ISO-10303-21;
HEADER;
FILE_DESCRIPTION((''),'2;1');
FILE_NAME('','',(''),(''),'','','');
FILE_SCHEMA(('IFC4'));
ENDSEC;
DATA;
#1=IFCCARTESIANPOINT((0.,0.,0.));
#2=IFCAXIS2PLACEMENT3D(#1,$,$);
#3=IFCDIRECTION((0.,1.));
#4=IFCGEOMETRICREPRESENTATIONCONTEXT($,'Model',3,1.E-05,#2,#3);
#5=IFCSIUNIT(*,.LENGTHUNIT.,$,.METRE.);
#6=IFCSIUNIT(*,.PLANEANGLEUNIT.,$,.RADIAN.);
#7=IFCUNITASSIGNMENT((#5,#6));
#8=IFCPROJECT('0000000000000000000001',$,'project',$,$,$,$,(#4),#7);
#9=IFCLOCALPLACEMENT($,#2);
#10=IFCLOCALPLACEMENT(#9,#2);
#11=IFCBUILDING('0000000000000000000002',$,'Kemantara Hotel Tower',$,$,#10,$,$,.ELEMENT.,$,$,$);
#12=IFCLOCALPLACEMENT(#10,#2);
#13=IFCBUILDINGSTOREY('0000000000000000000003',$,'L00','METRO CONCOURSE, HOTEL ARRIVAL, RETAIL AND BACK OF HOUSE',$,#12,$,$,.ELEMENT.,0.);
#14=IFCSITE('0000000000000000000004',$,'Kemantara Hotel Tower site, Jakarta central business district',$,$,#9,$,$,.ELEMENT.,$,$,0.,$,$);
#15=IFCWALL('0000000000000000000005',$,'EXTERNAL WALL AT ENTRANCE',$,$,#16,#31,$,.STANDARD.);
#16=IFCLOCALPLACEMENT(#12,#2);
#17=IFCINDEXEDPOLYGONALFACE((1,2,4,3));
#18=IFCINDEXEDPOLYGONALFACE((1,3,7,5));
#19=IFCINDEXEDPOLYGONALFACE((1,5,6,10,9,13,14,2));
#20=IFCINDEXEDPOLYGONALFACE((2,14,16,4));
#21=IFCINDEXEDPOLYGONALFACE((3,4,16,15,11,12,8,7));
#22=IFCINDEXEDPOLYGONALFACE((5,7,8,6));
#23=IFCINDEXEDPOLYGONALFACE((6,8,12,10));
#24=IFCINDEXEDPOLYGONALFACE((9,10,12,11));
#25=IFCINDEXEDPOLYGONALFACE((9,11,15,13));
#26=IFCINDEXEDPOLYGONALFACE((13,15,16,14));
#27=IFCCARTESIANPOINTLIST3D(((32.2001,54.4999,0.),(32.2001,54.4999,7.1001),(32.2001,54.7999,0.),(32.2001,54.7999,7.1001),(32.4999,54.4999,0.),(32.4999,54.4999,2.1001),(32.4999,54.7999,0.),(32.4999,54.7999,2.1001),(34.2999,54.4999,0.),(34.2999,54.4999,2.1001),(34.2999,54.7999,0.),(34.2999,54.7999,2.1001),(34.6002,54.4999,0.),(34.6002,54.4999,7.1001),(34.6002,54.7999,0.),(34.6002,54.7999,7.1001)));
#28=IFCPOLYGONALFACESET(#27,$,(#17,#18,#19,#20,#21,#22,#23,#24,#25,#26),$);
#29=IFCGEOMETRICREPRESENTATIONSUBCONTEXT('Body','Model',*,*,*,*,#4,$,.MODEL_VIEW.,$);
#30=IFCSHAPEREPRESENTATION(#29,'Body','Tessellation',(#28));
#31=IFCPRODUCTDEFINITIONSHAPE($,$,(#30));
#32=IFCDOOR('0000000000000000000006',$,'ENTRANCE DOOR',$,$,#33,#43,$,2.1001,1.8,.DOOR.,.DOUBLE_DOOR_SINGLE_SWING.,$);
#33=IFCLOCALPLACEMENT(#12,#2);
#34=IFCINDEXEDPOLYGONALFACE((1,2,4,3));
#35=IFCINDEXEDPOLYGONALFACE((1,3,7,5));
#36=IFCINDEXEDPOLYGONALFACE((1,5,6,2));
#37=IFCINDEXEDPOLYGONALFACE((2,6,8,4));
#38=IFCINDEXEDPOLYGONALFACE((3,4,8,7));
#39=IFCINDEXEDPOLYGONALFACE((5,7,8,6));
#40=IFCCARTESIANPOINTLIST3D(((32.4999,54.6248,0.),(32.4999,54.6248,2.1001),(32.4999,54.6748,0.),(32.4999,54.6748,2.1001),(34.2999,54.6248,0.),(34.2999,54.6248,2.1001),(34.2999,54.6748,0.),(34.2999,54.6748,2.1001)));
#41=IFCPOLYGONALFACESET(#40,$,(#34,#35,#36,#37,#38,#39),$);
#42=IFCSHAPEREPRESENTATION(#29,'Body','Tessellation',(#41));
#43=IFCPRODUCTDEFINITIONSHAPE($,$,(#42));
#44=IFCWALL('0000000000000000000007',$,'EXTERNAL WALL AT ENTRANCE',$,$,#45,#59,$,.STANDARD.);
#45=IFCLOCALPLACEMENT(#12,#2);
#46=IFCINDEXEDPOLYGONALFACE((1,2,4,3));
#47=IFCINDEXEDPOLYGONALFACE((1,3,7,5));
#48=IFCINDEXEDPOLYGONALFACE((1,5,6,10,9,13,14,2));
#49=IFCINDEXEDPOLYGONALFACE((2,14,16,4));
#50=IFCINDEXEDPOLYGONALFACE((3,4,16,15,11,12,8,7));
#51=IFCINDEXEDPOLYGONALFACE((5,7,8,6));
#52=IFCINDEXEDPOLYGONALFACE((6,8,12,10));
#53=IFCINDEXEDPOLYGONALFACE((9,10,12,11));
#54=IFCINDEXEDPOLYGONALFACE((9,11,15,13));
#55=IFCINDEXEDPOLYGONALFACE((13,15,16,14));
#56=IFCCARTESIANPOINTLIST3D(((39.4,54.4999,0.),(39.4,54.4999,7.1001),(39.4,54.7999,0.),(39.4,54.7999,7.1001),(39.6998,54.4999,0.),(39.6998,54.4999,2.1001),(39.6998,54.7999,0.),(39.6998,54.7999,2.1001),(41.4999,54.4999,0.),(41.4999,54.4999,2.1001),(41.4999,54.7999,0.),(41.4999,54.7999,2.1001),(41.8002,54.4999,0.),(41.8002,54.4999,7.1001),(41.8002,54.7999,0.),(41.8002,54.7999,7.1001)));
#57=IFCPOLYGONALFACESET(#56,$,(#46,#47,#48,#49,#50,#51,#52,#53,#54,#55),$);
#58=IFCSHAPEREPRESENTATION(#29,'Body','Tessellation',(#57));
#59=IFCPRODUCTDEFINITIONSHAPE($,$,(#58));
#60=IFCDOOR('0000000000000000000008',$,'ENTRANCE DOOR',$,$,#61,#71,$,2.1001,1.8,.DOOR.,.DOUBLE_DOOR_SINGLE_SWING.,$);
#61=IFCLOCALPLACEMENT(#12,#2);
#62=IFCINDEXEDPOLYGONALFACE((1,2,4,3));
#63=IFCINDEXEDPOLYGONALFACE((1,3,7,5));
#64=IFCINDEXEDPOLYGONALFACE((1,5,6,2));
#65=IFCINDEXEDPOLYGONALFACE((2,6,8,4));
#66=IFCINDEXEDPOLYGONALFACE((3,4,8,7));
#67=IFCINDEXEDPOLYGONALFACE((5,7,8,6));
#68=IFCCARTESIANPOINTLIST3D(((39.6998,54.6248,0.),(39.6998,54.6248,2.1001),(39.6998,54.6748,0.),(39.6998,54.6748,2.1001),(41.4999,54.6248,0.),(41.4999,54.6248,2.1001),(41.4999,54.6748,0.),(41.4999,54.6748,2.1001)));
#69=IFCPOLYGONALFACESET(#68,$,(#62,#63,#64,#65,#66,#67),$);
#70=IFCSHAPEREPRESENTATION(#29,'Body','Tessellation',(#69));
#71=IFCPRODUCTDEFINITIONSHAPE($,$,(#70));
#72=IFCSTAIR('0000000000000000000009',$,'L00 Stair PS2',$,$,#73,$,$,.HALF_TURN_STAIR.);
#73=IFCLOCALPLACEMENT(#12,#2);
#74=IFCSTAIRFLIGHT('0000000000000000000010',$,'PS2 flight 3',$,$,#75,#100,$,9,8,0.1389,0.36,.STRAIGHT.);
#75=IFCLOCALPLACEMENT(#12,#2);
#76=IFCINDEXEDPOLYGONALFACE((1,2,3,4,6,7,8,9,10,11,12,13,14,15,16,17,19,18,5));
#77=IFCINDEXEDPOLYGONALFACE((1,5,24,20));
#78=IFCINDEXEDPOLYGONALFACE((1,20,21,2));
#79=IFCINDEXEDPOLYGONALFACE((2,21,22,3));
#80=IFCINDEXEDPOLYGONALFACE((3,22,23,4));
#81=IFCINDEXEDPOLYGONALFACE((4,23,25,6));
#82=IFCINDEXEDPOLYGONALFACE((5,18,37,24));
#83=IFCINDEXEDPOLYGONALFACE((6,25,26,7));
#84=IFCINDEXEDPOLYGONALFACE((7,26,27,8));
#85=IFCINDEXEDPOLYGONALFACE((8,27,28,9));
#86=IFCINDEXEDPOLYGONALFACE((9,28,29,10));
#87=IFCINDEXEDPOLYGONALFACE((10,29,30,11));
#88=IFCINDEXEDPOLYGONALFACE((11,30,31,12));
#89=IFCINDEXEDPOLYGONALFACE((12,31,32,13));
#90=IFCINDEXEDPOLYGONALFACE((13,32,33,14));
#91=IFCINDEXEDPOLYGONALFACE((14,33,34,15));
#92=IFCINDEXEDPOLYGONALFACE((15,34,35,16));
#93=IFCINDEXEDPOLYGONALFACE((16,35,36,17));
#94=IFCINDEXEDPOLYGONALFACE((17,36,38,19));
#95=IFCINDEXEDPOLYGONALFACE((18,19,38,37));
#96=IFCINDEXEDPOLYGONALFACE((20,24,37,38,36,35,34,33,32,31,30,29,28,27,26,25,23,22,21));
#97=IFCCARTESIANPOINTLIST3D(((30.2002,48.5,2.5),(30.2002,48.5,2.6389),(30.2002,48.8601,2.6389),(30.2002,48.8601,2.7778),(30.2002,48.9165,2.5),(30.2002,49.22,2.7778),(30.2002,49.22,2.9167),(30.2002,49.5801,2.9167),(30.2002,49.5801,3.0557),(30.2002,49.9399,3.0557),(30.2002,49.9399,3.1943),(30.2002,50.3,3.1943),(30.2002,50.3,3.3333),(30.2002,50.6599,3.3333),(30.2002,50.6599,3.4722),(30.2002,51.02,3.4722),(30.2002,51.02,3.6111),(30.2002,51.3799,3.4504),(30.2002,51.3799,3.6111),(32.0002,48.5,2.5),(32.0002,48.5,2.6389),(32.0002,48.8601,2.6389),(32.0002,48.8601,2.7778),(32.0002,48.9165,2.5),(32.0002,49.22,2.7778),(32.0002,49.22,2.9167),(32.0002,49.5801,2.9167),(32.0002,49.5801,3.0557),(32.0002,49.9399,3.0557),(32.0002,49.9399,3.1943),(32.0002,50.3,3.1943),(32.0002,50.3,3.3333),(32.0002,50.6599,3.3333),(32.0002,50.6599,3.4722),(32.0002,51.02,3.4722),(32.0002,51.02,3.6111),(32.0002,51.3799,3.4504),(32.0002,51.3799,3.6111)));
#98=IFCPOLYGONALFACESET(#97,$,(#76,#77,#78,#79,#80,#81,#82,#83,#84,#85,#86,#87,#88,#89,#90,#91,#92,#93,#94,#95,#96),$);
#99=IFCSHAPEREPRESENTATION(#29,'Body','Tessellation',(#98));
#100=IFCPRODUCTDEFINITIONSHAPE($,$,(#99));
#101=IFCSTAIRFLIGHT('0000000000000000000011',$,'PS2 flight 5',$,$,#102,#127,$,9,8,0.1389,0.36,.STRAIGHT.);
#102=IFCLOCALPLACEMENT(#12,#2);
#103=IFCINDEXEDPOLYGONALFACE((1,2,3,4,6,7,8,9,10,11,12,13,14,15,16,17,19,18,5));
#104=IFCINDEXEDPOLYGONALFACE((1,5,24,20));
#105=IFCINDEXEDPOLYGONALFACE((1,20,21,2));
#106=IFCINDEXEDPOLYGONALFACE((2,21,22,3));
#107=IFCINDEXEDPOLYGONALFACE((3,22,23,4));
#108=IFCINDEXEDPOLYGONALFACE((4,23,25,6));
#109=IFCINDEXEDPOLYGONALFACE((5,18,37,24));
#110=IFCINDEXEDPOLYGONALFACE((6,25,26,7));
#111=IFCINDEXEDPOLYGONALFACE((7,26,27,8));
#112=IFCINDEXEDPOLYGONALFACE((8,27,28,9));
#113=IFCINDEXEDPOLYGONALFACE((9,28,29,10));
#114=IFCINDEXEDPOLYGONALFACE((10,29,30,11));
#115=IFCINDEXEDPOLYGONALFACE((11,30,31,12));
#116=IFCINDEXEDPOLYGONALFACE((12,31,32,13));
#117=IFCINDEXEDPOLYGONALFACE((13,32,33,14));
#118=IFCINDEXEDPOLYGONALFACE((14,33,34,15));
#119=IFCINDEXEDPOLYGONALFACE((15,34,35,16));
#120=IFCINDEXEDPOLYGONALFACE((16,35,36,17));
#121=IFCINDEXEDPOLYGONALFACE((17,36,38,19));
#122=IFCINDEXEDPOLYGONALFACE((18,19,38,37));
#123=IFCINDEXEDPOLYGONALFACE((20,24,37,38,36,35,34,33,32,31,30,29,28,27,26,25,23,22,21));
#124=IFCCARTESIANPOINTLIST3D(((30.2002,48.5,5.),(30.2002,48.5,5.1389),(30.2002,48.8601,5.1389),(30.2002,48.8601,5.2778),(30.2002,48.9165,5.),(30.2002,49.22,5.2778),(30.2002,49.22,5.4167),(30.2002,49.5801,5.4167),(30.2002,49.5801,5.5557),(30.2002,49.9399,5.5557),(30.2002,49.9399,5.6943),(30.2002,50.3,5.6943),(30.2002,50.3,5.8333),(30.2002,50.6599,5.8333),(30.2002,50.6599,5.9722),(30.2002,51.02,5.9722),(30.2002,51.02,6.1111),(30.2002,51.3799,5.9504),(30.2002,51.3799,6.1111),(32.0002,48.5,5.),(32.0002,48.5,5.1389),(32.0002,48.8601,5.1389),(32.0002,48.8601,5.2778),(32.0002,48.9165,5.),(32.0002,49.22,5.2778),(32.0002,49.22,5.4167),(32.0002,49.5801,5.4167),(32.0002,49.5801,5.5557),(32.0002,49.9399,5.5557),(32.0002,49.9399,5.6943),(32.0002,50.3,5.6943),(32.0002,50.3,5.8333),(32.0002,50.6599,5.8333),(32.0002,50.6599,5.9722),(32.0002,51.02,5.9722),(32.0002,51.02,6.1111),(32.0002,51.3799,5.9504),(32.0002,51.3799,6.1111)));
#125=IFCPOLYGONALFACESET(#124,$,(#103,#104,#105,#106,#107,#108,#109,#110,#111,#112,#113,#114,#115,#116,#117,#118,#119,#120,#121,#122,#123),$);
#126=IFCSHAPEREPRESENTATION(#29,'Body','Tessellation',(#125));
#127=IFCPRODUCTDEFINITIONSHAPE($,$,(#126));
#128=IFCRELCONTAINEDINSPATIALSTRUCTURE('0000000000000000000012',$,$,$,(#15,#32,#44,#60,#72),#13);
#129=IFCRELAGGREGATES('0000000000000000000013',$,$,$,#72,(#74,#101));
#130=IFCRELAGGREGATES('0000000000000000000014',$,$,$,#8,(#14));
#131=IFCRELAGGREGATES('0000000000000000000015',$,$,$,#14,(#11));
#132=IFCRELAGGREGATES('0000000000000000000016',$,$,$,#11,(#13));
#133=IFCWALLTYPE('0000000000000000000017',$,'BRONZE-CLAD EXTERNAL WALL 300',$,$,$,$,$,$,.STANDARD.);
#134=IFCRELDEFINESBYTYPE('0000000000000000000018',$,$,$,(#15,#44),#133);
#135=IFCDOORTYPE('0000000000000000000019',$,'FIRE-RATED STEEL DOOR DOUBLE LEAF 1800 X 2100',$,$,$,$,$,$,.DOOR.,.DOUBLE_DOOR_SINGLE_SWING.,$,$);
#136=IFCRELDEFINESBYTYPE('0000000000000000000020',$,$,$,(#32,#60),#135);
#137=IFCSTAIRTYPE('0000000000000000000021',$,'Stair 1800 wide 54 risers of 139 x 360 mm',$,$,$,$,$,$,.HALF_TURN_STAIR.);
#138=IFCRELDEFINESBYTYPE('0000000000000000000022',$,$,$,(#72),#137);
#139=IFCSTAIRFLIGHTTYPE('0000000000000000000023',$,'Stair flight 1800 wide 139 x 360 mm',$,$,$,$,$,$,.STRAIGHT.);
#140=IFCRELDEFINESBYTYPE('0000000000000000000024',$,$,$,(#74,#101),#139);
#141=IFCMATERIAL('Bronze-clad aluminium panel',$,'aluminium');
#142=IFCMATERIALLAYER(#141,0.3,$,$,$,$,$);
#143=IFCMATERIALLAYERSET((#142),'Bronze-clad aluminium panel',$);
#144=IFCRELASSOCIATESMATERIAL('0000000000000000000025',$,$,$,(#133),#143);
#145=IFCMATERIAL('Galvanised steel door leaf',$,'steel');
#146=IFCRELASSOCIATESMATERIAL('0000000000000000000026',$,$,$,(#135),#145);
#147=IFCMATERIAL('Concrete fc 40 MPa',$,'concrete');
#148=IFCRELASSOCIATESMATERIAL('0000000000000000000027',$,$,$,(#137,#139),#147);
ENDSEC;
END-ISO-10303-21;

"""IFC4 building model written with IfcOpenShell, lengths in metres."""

from ifc_helpers import new_model, si_unit, direction, frame, frame_2d, origin, place, context, subcontext, project, spatial, polyline, rectangle, outline, extrude, material, layer, layer_set, type_object, element, fill, aggregate, save


model = new_model("IFC4")

# Units and contexts
model_context = context("Model", 3, precision=1e-05, world=origin(), true_north=direction((0.0, 1.0)))
body_context = subcontext(model_context, "Body", "Model", "MODEL_VIEW")
ifc_project = project(units=[si_unit("LENGTHUNIT", "METRE"), si_unit("PLANEANGLEUNIT", "RADIAN")], contexts=[model_context])

# Site, building, storey
site_placement = place(None, origin())
site = spatial("IfcSite", under=ifc_project, at=site_placement, Name="Kemantara Hotel Tower site, Jakarta central business district", CompositionType="ELEMENT", RefElevation=0.0)
building_placement = place(site_placement, origin())
building = spatial("IfcBuilding", under=site, at=building_placement, Name="Kemantara Hotel Tower", CompositionType="ELEMENT")
storey_placement = place(building_placement, origin())
storey = spatial("IfcBuildingStorey", under=building, at=storey_placement, Name="L00", Description="METRO CONCOURSE, HOTEL ARRIVAL, RETAIL AND BACK OF HOUSE", CompositionType="ELEMENT", Elevation=0.0)

# Walls, openings, doors
ifc_material_1 = material(Name="Bronze-clad aluminium panel", Category="aluminium")
ifc_layer_1 = layer(ifc_material_1, 0.3)
ifc_layer_set_1 = layer_set([ifc_layer_1], Name="Bronze-clad aluminium panel")
wall_type = type_object("IfcWallType", Name="BRONZE-CLAD EXTERNAL WALL 300", PredefinedType="STANDARD", material=ifc_layer_set_1)
wall_1_placement = place(storey_placement, frame((32.2, 54.6499, 0.0), z_axis=(0.0, 0.0, 1.0), x_axis=(1.0, 0.0, 0.0)))
wall_1 = element("IfcWall", 1, at=wall_1_placement, inside=storey, type_object=wall_type, Name="EXTERNAL WALL AT ENTRANCE", PredefinedType="STANDARD", context=body_context, shape_type="SweptSolid", body=[
    extrude(rectangle(XDim=2.4001, YDim=0.3, at=frame_2d((1.2002, 0.0))), origin(), (0.0, 0.0, 1.0), 7.1001),
])
opening_1_placement = place(wall_1_placement, frame((0.3, 0.0, 0.0)))
opening_1 = element("IfcOpeningElement", 2, at=opening_1_placement, cuts=wall_1, PredefinedType="OPENING", context=body_context, shape_type="SweptSolid", body=[
    extrude(rectangle(XDim=1.8, YDim=2.1001, at=frame_2d((0.8999, 1.05))), frame((0.0, 0.1599, 0.0), z_axis=(0.0, -1.0, 0.0), x_axis=(1.0, 0.0, 0.0)), (0.0, 0.0, 1.0), 0.3201),
])
ifc_material_2 = material(Name="Galvanised steel door leaf", Category="steel")
door_type = type_object("IfcDoorType", Name="FIRE-RATED STEEL DOOR DOUBLE LEAF 1800 X 2100", OperationType="DOUBLE_DOOR_SINGLE_SWING", PredefinedType="DOOR", material=ifc_material_2)
door_1_placement = place(opening_1_placement, origin())
door_1 = element("IfcDoor", 3, at=door_1_placement, inside=storey, type_object=door_type, Name="ENTRANCE DOOR", OperationType="DOUBLE_DOOR_SINGLE_SWING", OverallHeight=2.1001, OverallWidth=1.8, PredefinedType="DOOR", context=body_context, shape_type="SweptSolid", body=[
    extrude(rectangle(XDim=1.8, YDim=2.1001, at=frame_2d((0.8999, 1.05))), frame((0.0, 0.0249, 0.0), z_axis=(0.0, -1.0, 0.0), x_axis=(1.0, 0.0, 0.0)), (0.0, 0.0, 1.0), 0.05),
])
fill(opening_1, door_1)
wall_2_placement = place(storey_placement, frame((39.3999, 54.6499, 0.0), z_axis=(0.0, 0.0, 1.0), x_axis=(1.0, 0.0, 0.0)))
wall_2 = element("IfcWall", 4, at=wall_2_placement, inside=storey, type_object=wall_type, Name="EXTERNAL WALL AT ENTRANCE", PredefinedType="STANDARD", context=body_context, shape_type="SweptSolid", body=[
    extrude(rectangle(XDim=2.4001, YDim=0.3, at=frame_2d((1.2002, 0.0))), origin(), (0.0, 0.0, 1.0), 7.1001),
])
opening_2_placement = place(wall_2_placement, frame((0.3, 0.0, 0.0)))
opening_2 = element("IfcOpeningElement", 5, at=opening_2_placement, cuts=wall_2, PredefinedType="OPENING", context=body_context, shape_type="SweptSolid", body=[
    extrude(rectangle(XDim=1.8, YDim=2.1001, at=frame_2d((0.8999, 1.05))), frame((0.0, 0.1599, 0.0), z_axis=(0.0, -1.0, 0.0), x_axis=(1.0, 0.0, 0.0)), (0.0, 0.0, 1.0), 0.3201),
])
door_2_placement = place(opening_2_placement, origin())
door_2 = element("IfcDoor", 6, at=door_2_placement, inside=storey, type_object=door_type, Name="ENTRANCE DOOR", OperationType="DOUBLE_DOOR_SINGLE_SWING", OverallHeight=2.1001, OverallWidth=1.8, PredefinedType="DOOR", context=body_context, shape_type="SweptSolid", body=[
    extrude(rectangle(XDim=1.8, YDim=2.1001, at=frame_2d((0.8999, 1.05))), frame((0.0, 0.0249, 0.0), z_axis=(0.0, -1.0, 0.0), x_axis=(1.0, 0.0, 0.0)), (0.0, 0.0, 1.0), 0.05),
])
fill(opening_2, door_2)

# Stair, stair flights
ifc_material_3 = material(Name="Concrete fc 40 MPa", Category="concrete")
stair_type = type_object("IfcStairType", Name="Stair 1800 wide 54 risers of 139 x 360 mm", PredefinedType="HALF_TURN_STAIR", material=ifc_material_3)
stair_placement = place(storey_placement, origin())
stair = element("IfcStair", 7, at=stair_placement, inside=storey, type_object=stair_type, Name="L00 Stair PS2", PredefinedType="HALF_TURN_STAIR")
stair_flight_type = type_object("IfcStairFlightType", Name="Stair flight 1800 wide 139 x 360 mm", PredefinedType="STRAIGHT", material=ifc_material_3)
stair_flight_1_placement = place(storey_placement, frame((31.1001, 48.5, 2.5), z_axis=(0.0, 0.0, 1.0), x_axis=(0.0, 1.0, 0.0)))
stair_flight_1 = element("IfcStairFlight", 8, at=stair_flight_1_placement, type_object=stair_flight_type, Name="PS2 flight 3", NumberOfRisers=9, NumberOfTreads=8, PredefinedType="STRAIGHT", RiserHeight=0.1389, TreadLength=0.36, context=body_context, shape_type="SweptSolid", body=[
    extrude(outline(polyline([(0.0, 0.0), (0.0, 0.1389), (0.3601, 0.1389), (0.3601, 0.2778), (0.72, 0.2778), (0.72, 0.4167), (1.0801, 0.4167), (1.0801, 0.5557), (1.4399, 0.5557), (1.4399, 0.6943), (1.8, 0.6943), (1.8, 0.8333), (2.1599, 0.8333), (2.1599, 0.9722), (2.52, 0.9722), (2.52, 1.1111), (2.8799, 1.1111), (2.8799, 1.25), (2.8799, 0.9504), (0.4165, 0.0), (0.0, 0.0)])), frame((0.0, 0.8999, 0.0), z_axis=(0.0, -1.0, 0.0), x_axis=(1.0, 0.0, 0.0)), (0.0, 0.0, 1.0), 1.8),
])
stair_flight_2_placement = place(storey_placement, frame((31.1001, 48.5, 5.0), z_axis=(0.0, 0.0, 1.0), x_axis=(0.0, 1.0, 0.0)))
stair_flight_2 = element("IfcStairFlight", 9, at=stair_flight_2_placement, type_object=stair_flight_type, Name="PS2 flight 5", NumberOfRisers=9, NumberOfTreads=8, PredefinedType="STRAIGHT", RiserHeight=0.1389, TreadLength=0.36, context=body_context, shape_type="SweptSolid", body=[
    extrude(outline(polyline([(0.0, 0.0), (0.0, 0.1389), (0.3601, 0.1389), (0.3601, 0.2778), (0.72, 0.2778), (0.72, 0.4167), (1.0801, 0.4167), (1.0801, 0.5557), (1.4399, 0.5557), (1.4399, 0.6943), (1.8, 0.6943), (1.8, 0.8333), (2.1599, 0.8333), (2.1599, 0.9722), (2.52, 0.9722), (2.52, 1.1111), (2.8799, 1.1111), (2.8799, 1.25), (2.8799, 0.9504), (0.4165, 0.0), (0.0, 0.0)])), frame((0.0, 0.8999, 0.0), z_axis=(0.0, -1.0, 0.0), x_axis=(1.0, 0.0, 0.0)), (0.0, 0.0, 1.0), 1.8),
])
aggregate(stair, [stair_flight_1, stair_flight_2])

save(model, "model.ifc")
